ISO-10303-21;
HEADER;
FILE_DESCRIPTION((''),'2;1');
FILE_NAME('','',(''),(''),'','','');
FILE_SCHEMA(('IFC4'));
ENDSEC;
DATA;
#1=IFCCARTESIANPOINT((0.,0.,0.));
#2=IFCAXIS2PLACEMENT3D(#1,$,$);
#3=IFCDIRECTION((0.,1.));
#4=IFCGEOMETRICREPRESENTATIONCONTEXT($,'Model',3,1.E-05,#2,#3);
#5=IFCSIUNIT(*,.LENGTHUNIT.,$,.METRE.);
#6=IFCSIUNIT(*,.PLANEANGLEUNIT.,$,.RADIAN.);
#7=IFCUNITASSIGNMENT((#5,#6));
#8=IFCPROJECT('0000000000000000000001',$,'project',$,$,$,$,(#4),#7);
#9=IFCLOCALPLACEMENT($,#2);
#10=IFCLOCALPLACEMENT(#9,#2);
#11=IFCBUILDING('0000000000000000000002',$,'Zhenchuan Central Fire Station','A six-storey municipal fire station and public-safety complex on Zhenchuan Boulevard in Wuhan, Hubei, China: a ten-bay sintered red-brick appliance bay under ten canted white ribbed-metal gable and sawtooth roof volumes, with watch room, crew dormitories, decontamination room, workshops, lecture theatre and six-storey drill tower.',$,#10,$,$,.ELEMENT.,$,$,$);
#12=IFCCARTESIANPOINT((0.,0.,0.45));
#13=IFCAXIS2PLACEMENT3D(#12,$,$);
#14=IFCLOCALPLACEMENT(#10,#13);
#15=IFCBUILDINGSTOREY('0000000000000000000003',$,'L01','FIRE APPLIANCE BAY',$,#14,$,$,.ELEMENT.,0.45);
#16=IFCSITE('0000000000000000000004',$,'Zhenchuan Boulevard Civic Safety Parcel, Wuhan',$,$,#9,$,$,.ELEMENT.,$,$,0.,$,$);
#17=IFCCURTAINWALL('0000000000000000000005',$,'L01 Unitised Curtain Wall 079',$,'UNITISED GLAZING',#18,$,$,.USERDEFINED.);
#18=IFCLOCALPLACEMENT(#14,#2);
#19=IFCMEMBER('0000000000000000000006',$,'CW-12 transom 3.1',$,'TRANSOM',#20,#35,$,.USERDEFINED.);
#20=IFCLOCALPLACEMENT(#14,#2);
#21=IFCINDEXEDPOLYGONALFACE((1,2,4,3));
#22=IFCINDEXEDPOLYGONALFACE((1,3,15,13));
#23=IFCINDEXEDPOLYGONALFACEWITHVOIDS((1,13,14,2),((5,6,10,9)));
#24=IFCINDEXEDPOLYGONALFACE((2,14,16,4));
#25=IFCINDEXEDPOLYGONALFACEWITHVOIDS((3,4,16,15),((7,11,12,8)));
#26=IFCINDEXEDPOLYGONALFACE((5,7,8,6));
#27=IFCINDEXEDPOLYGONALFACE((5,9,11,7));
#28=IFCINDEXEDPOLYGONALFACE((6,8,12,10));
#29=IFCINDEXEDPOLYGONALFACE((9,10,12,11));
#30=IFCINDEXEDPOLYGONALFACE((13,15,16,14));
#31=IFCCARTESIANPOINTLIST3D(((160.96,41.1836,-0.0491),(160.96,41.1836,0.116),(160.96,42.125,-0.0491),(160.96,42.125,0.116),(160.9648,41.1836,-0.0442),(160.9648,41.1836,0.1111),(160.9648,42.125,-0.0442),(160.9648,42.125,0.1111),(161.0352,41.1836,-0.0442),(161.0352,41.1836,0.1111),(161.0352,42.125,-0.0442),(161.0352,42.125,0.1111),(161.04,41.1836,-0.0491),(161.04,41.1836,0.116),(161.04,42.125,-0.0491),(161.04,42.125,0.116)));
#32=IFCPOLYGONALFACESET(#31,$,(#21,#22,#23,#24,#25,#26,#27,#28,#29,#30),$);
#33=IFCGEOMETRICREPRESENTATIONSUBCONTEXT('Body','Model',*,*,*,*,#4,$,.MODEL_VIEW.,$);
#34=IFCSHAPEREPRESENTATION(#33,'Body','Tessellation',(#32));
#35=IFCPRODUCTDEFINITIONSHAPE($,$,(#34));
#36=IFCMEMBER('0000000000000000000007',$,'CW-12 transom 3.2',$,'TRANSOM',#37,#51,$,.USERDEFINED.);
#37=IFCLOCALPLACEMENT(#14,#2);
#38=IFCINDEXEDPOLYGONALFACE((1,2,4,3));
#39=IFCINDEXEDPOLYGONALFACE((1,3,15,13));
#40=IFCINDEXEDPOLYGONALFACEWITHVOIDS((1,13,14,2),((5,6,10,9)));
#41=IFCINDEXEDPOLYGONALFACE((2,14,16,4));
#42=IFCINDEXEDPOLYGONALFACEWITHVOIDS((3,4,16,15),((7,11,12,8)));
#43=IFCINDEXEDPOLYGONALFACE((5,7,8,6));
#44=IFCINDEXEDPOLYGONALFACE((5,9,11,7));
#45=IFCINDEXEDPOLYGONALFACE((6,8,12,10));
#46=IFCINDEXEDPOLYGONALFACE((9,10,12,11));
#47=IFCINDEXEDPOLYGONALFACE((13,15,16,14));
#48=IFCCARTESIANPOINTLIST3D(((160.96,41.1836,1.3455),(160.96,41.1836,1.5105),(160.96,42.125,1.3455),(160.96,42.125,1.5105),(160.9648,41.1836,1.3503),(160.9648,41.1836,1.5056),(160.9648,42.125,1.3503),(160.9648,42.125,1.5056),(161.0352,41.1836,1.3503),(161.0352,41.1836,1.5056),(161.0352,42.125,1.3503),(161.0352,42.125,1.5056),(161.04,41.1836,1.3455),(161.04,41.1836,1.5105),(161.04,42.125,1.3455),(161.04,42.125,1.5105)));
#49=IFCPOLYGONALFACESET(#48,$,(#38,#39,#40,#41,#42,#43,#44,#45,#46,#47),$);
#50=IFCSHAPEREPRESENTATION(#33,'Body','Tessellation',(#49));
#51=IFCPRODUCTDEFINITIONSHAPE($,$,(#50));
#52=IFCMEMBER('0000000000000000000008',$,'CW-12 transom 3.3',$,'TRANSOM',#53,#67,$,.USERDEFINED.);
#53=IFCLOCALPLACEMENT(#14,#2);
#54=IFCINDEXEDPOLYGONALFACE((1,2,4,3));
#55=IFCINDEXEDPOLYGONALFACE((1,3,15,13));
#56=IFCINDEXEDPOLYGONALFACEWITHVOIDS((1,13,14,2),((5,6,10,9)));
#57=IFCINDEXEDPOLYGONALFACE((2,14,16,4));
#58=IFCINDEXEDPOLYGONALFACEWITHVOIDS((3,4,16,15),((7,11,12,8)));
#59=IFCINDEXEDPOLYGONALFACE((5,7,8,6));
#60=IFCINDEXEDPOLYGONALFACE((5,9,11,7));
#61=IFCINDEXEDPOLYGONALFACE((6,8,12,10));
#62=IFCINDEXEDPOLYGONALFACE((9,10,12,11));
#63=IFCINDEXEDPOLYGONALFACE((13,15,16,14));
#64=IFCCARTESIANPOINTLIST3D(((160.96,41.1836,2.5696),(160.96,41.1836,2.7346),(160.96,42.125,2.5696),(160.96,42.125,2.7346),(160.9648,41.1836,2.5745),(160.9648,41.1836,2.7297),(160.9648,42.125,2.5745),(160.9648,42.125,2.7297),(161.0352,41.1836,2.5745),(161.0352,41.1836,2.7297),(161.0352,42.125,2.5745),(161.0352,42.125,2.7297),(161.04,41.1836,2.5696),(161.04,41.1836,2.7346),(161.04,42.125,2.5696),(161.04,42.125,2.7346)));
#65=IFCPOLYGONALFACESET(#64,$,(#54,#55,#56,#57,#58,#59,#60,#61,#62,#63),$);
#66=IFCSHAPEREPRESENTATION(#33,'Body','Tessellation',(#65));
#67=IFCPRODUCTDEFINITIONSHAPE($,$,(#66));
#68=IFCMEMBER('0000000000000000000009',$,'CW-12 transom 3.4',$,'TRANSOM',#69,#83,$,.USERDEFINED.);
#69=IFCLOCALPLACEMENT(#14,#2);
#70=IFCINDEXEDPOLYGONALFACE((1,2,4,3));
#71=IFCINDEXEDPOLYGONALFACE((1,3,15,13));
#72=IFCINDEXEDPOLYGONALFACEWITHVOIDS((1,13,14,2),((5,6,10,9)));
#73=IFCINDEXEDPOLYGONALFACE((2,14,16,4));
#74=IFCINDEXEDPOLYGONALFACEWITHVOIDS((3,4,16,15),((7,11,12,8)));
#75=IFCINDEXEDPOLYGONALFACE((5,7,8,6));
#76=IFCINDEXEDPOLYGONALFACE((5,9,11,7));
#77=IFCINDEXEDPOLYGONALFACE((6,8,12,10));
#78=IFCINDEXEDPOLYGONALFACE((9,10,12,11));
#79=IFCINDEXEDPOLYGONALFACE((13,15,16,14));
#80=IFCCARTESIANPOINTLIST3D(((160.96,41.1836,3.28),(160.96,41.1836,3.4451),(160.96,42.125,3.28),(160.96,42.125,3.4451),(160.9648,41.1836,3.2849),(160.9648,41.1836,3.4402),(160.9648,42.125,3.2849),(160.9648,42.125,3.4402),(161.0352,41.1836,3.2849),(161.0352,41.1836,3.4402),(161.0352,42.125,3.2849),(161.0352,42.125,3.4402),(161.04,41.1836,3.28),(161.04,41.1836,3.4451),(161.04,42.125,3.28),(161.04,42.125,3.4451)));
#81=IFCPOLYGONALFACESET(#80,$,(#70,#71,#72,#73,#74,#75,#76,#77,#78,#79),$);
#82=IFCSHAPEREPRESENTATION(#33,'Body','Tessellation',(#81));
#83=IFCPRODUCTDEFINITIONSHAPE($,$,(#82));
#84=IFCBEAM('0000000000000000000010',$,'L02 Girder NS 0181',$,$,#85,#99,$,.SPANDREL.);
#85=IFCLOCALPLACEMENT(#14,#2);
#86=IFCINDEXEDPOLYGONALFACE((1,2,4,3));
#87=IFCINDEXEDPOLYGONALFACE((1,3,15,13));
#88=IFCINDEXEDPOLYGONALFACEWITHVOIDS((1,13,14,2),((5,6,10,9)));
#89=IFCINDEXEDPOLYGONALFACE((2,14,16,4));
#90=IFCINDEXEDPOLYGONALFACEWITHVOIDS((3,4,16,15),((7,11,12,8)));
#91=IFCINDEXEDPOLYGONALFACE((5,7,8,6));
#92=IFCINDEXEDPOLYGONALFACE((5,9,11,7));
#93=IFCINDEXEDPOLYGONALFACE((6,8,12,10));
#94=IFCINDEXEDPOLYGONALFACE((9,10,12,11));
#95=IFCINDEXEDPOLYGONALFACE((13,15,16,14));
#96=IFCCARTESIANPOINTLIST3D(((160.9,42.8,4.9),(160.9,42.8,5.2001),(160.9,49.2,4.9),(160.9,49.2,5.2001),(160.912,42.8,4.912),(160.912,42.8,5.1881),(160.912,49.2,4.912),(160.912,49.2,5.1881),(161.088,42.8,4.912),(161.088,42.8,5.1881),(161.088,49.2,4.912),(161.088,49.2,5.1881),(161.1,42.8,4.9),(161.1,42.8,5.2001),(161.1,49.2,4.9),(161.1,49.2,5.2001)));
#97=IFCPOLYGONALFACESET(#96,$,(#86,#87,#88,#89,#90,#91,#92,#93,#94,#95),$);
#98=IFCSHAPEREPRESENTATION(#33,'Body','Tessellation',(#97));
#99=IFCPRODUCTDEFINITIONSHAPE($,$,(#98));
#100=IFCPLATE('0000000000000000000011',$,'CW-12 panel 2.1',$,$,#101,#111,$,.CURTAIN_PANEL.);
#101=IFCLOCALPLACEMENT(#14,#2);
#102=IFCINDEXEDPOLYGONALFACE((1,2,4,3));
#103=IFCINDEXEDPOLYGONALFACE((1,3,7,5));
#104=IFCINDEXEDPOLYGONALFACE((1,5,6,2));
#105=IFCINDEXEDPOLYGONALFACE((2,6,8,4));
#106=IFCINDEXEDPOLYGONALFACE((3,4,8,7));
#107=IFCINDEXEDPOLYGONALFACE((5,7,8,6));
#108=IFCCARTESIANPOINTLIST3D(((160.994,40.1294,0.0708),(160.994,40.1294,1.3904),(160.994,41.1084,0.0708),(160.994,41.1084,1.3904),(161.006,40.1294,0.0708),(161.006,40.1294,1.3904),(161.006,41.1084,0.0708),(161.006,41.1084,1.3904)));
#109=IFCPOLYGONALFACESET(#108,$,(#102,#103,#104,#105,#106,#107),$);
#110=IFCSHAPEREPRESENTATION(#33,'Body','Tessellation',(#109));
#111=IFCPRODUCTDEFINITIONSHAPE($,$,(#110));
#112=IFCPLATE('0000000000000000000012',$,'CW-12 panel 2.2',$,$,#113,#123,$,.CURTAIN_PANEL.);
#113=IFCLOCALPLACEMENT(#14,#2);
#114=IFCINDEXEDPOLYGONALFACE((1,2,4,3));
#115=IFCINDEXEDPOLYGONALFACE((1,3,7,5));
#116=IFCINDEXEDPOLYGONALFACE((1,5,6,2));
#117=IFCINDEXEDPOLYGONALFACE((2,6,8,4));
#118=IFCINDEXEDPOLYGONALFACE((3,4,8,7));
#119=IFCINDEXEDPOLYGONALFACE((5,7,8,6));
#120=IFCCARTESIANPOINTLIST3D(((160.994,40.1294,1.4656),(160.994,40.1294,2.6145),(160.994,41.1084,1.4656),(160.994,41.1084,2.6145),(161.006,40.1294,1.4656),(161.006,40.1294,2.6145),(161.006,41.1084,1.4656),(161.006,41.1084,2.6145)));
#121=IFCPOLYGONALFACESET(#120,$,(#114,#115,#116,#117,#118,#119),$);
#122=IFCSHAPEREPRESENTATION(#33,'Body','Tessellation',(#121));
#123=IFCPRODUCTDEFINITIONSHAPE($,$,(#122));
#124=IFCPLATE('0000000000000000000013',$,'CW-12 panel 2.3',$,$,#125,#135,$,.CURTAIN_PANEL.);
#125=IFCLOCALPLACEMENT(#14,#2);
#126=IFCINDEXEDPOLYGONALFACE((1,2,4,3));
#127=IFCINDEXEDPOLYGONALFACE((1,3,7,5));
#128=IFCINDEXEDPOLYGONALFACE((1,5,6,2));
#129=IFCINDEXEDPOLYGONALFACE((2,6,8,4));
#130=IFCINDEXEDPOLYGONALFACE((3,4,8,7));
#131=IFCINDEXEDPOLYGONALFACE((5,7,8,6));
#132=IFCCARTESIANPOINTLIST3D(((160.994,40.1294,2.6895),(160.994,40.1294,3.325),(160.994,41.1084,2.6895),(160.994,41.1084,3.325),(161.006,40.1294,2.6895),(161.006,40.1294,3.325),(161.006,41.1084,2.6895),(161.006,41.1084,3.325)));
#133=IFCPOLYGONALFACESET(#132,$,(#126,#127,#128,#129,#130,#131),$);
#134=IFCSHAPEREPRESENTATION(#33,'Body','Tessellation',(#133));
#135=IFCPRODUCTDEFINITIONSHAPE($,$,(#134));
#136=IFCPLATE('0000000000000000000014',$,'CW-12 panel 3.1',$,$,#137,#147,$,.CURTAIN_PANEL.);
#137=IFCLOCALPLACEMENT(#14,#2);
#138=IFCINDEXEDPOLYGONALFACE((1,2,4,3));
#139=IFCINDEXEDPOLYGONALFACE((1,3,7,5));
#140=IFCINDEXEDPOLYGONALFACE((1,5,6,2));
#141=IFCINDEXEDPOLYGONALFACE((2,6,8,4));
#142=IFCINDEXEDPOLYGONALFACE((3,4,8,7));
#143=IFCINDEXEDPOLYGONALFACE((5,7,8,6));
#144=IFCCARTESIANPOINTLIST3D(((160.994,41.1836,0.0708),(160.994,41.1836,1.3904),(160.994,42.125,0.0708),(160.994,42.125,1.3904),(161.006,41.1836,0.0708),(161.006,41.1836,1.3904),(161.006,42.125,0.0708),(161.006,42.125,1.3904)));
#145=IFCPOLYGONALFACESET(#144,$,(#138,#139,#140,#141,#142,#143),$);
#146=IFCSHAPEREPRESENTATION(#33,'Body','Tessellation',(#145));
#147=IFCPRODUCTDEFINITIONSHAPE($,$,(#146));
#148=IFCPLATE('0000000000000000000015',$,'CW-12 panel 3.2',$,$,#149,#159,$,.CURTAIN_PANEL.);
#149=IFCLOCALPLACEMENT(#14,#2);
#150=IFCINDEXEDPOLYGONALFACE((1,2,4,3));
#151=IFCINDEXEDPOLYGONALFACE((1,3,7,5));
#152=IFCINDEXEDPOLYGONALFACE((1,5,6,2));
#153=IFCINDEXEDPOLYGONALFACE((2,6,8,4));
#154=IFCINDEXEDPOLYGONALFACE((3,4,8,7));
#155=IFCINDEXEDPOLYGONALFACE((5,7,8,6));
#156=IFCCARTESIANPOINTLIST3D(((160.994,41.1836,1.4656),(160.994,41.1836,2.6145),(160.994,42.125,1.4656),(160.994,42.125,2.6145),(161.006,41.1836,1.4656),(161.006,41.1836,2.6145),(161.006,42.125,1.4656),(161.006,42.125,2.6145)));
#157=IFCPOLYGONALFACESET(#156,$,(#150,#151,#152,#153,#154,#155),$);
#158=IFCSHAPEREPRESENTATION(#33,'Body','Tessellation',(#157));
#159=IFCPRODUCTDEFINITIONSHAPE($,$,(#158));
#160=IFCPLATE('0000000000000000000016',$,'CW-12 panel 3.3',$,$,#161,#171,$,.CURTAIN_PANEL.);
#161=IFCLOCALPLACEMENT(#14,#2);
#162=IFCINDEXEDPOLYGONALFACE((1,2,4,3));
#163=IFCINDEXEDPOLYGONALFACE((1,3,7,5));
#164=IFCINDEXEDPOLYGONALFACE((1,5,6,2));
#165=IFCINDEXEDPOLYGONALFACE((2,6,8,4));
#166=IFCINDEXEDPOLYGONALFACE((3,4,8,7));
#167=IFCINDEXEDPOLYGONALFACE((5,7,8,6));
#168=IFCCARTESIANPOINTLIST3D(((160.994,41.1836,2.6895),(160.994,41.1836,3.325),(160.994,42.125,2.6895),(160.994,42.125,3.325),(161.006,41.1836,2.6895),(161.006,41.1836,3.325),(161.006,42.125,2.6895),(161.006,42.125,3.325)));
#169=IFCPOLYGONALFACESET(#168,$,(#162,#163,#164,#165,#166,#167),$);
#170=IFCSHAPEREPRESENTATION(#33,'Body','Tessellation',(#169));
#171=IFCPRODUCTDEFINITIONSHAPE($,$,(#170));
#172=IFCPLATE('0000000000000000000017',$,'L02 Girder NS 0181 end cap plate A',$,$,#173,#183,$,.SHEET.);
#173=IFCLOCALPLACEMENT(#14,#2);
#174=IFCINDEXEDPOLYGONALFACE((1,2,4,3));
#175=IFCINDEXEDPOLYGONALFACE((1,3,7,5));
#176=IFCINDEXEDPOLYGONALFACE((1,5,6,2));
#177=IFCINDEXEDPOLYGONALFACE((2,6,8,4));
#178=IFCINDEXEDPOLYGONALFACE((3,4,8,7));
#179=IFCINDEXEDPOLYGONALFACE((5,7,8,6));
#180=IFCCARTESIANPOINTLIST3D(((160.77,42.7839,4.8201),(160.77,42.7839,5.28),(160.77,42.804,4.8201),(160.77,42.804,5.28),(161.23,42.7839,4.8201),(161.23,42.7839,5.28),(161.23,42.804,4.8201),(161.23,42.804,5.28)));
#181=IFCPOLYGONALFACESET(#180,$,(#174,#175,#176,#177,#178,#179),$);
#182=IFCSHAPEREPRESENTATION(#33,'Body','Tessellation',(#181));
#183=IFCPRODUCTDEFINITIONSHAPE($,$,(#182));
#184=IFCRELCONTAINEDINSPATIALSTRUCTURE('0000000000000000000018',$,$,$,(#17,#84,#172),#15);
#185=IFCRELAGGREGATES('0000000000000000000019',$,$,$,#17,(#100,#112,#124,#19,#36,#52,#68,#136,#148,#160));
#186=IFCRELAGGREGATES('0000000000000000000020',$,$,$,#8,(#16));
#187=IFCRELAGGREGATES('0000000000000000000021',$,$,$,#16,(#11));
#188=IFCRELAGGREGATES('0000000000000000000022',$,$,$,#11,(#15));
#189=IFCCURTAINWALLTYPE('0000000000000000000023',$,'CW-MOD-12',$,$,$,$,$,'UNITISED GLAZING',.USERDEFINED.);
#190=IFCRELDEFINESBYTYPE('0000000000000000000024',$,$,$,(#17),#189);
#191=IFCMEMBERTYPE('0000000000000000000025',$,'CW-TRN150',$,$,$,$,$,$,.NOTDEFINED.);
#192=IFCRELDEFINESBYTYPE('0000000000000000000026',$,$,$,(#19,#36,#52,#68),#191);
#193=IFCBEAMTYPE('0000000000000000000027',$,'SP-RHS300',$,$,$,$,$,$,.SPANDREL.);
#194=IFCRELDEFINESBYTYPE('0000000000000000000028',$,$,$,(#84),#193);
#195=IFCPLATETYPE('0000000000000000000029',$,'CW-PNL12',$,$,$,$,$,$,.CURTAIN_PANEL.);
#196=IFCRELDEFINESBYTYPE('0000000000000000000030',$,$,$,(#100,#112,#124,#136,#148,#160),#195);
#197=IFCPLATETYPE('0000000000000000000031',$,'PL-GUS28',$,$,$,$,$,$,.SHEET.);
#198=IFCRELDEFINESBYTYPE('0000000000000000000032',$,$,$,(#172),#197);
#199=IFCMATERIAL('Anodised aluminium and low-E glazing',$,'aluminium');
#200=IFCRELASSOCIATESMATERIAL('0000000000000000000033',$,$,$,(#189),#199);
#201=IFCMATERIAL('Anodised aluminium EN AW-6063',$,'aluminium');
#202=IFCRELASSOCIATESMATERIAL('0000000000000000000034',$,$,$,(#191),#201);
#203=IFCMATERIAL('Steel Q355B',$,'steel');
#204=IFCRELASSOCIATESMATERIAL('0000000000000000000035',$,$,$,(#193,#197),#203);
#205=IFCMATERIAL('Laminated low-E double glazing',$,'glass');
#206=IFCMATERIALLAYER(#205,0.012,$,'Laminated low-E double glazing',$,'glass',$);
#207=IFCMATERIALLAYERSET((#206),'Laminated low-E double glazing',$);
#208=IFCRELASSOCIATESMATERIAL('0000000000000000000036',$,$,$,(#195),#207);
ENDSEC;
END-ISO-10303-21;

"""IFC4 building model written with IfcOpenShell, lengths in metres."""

from ifc_helpers import new_model, si_unit, direction, frame, origin, origin_2d, place, context, subcontext, project, spatial, rectangle, hollow_rectangle, extrude, material, layer, layer_set, material_profile, profile_set, type_object, element, aggregate, save


model = new_model("IFC4")

# Units and contexts
model_context = context("Model", 3, precision=1e-05, world=origin(), true_north=direction((0.0, 1.0)))
body_context = subcontext(model_context, "Body", "Model", "MODEL_VIEW")
ifc_project = project(units=[si_unit("LENGTHUNIT", "METRE"), si_unit("PLANEANGLEUNIT", "RADIAN")], contexts=[model_context])

# Site, building, storey
site_placement = place(None, origin())
site = spatial("IfcSite", under=ifc_project, at=site_placement, Name="Zhenchuan Boulevard Civic Safety Parcel, Wuhan", CompositionType="ELEMENT", RefElevation=0.0)
building_placement = place(site_placement, origin())
building = spatial("IfcBuilding", under=site, at=building_placement, Name="Zhenchuan Central Fire Station", Description="A six-storey municipal fire station and public-safety complex on Zhenchuan Boulevard in Wuhan, Hubei, China: a ten-bay sintered red-brick appliance bay under ten canted white ribbed-metal gable and sawtooth roof volumes, with watch room, crew dormitories, decontamination room, workshops, lecture theatre and six-storey drill tower.", CompositionType="ELEMENT")
storey_placement = place(building_placement, frame((0.0, 0.0, 0.45)))
storey = spatial("IfcBuildingStorey", under=building, at=storey_placement, Name="L01", Description="FIRE APPLIANCE BAY", CompositionType="ELEMENT", Elevation=0.45)

# Curtain wall, members
ifc_material_1 = material(Name="Anodised aluminium and low-E glazing", Category="aluminium")
curtain_wall_type = type_object("IfcCurtainWallType", Name="CW-MOD-12", ElementType="UNITISED GLAZING", PredefinedType="USERDEFINED", material=ifc_material_1)
curtain_wall_placement = place(storey_placement, origin())
curtain_wall = element("IfcCurtainWall", 1, at=curtain_wall_placement, inside=storey, type_object=curtain_wall_type, Name="L01 Unitised Curtain Wall 079", ObjectType="UNITISED GLAZING", PredefinedType="USERDEFINED")
ifc_material_2 = material(Name="Anodised aluminium EN AW-6063", Category="aluminium")
ifc_material_profile_1 = material_profile(ifc_material_2, hollow_rectangle(XDim=0.0801, YDim=0.165, WallThickness=0.0049, at=origin_2d()), Name="ALU-T 165x80")
ifc_profile_set_1 = profile_set([ifc_material_profile_1], Name="Anodised aluminium EN AW-6063")
member_type_1 = type_object("IfcMemberType", Name="CW-TRN150", PredefinedType="NOTDEFINED", material=ifc_profile_set_1)
member_1_placement = place(storey_placement, frame((161.0, 41.1836, 0.0334), z_axis=(0.0, 1.0, 0.0), x_axis=(-1.0, 0.0, 0.0)))
member_1 = element("IfcMember", 2, at=member_1_placement, type_object=member_type_1, Name="CW-12 transom 3.1", ObjectType="TRANSOM", PredefinedType="USERDEFINED", context=body_context, shape_type="SweptSolid", body=[
    extrude(hollow_rectangle(XDim=0.0801, YDim=0.165, WallThickness=0.0049, at=origin_2d()), origin(), (0.0, 0.0, 1.0), 0.9414),
])
member_2_placement = place(storey_placement, frame((161.0, 41.1836, 1.428), z_axis=(0.0, 1.0, 0.0), x_axis=(-1.0, 0.0, 0.0)))
member_2 = element("IfcMember", 3, at=member_2_placement, type_object=member_type_1, Name="CW-12 transom 3.2", ObjectType="TRANSOM", PredefinedType="USERDEFINED", context=body_context, shape_type="SweptSolid", body=[
    extrude(hollow_rectangle(XDim=0.0801, YDim=0.165, WallThickness=0.0049, at=origin_2d()), origin(), (0.0, 0.0, 1.0), 0.9414),
])
member_3_placement = place(storey_placement, frame((161.0, 41.1836, 2.6521), z_axis=(0.0, 1.0, 0.0), x_axis=(-1.0, 0.0, 0.0)))
member_3 = element("IfcMember", 4, at=member_3_placement, type_object=member_type_1, Name="CW-12 transom 3.3", ObjectType="TRANSOM", PredefinedType="USERDEFINED", context=body_context, shape_type="SweptSolid", body=[
    extrude(hollow_rectangle(XDim=0.0801, YDim=0.165, WallThickness=0.0049, at=origin_2d()), origin(), (0.0, 0.0, 1.0), 0.9414),
])
member_4_placement = place(storey_placement, frame((161.0, 41.1836, 3.3625), z_axis=(0.0, 1.0, 0.0), x_axis=(-1.0, 0.0, 0.0)))
member_4 = element("IfcMember", 5, at=member_4_placement, type_object=member_type_1, Name="CW-12 transom 3.4", ObjectType="TRANSOM", PredefinedType="USERDEFINED", context=body_context, shape_type="SweptSolid", body=[
    extrude(hollow_rectangle(XDim=0.0801, YDim=0.165, WallThickness=0.0049, at=origin_2d()), origin(), (0.0, 0.0, 1.0), 0.9414),
])

# Beam
ifc_material_3 = material(Name="Steel Q355B", Category="steel")
ifc_material_profile_2 = material_profile(ifc_material_3, hollow_rectangle(XDim=0.2, YDim=0.3, WallThickness=0.012, at=origin_2d()), Name="RHS 300x200x12")
ifc_profile_set_2 = profile_set([ifc_material_profile_2], Name="Steel Q355B")
beam_type = type_object("IfcBeamType", Name="SP-RHS300", PredefinedType="SPANDREL", material=ifc_profile_set_2)
beam_placement = place(storey_placement, frame((161.0, 42.8, 5.05), z_axis=(0.0, 1.0, 0.0), x_axis=(-1.0, 0.0, 0.0)))
element("IfcBeam", 6, at=beam_placement, inside=storey, type_object=beam_type, Name="L02 Girder NS 0181", PredefinedType="SPANDREL", context=body_context, shape_type="SweptSolid", body=[
    extrude(hollow_rectangle(XDim=0.2, YDim=0.3, WallThickness=0.012, at=origin_2d()), origin(), (0.0, 0.0, 1.0), 6.3999),
])

# Plates
ifc_material_4 = material(Name="Laminated low-E double glazing", Category="glass")
ifc_layer_1 = layer(ifc_material_4, 0.012, Name="Laminated low-E double glazing", Category="glass")
ifc_layer_set_1 = layer_set([ifc_layer_1], Name="Laminated low-E double glazing")
plate_type_1 = type_object("IfcPlateType", Name="CW-PNL12", PredefinedType="CURTAIN_PANEL", material=ifc_layer_set_1)
plate_1_placement = place(storey_placement, frame((161.0, 40.6189, 0.0708), z_axis=(0.0, 0.0, 1.0), x_axis=(0.0, 1.0, 0.0)))
plate_1 = element("IfcPlate", 7, at=plate_1_placement, type_object=plate_type_1, Name="CW-12 panel 2.1", PredefinedType="CURTAIN_PANEL", context=body_context, shape_type="SweptSolid", body=[
    extrude(rectangle(XDim=0.979, YDim=0.012, at=origin_2d()), origin(), (0.0, 0.0, 1.0), 1.3196),
])
plate_2_placement = place(storey_placement, frame((161.0, 40.6189, 1.4656), z_axis=(0.0, 0.0, 1.0), x_axis=(0.0, 1.0, 0.0)))
plate_2 = element("IfcPlate", 8, at=plate_2_placement, type_object=plate_type_1, Name="CW-12 panel 2.2", PredefinedType="CURTAIN_PANEL", context=body_context, shape_type="SweptSolid", body=[
    extrude(rectangle(XDim=0.979, YDim=0.012, at=origin_2d()), origin(), (0.0, 0.0, 1.0), 1.1489),
])
plate_3_placement = place(storey_placement, frame((161.0, 40.6189, 2.6895), z_axis=(0.0, 0.0, 1.0), x_axis=(0.0, 1.0, 0.0)))
plate_3 = element("IfcPlate", 9, at=plate_3_placement, type_object=plate_type_1, Name="CW-12 panel 2.3", PredefinedType="CURTAIN_PANEL", context=body_context, shape_type="SweptSolid", body=[
    extrude(rectangle(XDim=0.979, YDim=0.012, at=origin_2d()), origin(), (0.0, 0.0, 1.0), 0.6355),
])
plate_4_placement = place(storey_placement, frame((161.0, 41.6543, 0.0708), z_axis=(0.0, 0.0, 1.0), x_axis=(0.0, 1.0, 0.0)))
plate_4 = element("IfcPlate", 10, at=plate_4_placement, type_object=plate_type_1, Name="CW-12 panel 3.1", PredefinedType="CURTAIN_PANEL", context=body_context, shape_type="SweptSolid", body=[
    extrude(rectangle(XDim=0.9414, YDim=0.012, at=origin_2d()), origin(), (0.0, 0.0, 1.0), 1.3196),
])
plate_5_placement = place(storey_placement, frame((161.0, 41.6543, 1.4656), z_axis=(0.0, 0.0, 1.0), x_axis=(0.0, 1.0, 0.0)))
plate_5 = element("IfcPlate", 11, at=plate_5_placement, type_object=plate_type_1, Name="CW-12 panel 3.2", PredefinedType="CURTAIN_PANEL", context=body_context, shape_type="SweptSolid", body=[
    extrude(rectangle(XDim=0.9414, YDim=0.012, at=origin_2d()), origin(), (0.0, 0.0, 1.0), 1.1489),
])
plate_6_placement = place(storey_placement, frame((161.0, 41.6543, 2.6895), z_axis=(0.0, 0.0, 1.0), x_axis=(0.0, 1.0, 0.0)))
plate_6 = element("IfcPlate", 12, at=plate_6_placement, type_object=plate_type_1, Name="CW-12 panel 3.3", PredefinedType="CURTAIN_PANEL", context=body_context, shape_type="SweptSolid", body=[
    extrude(rectangle(XDim=0.9414, YDim=0.012, at=origin_2d()), origin(), (0.0, 0.0, 1.0), 0.6355),
])
aggregate(curtain_wall, [plate_1, plate_2, plate_3, member_1, member_2, member_3, member_4, plate_4, plate_5, plate_6])
ifc_material_profile_3 = material_profile(ifc_material_3, rectangle(XDim=0.46, YDim=0.46, at=origin_2d()), Name="PL 460x460x28")
ifc_profile_set_3 = profile_set([ifc_material_profile_3], Name="Steel Q355B")
plate_type_2 = type_object("IfcPlateType", Name="PL-GUS28", PredefinedType="SHEET", material=ifc_profile_set_3)
plate_7_placement = place(storey_placement, frame((161.0, 42.7839, 5.05), z_axis=(0.0, 1.0, 0.0), x_axis=(-1.0, 0.0, 0.0)))
element("IfcPlate", 13, at=plate_7_placement, inside=storey, type_object=plate_type_2, Name="L02 Girder NS 0181 end cap plate A", PredefinedType="SHEET", context=body_context, shape_type="SweptSolid", body=[
    extrude(rectangle(XDim=0.46, YDim=0.46, at=origin_2d()), origin(), (0.0, 0.0, 1.0), 0.02),
])

save(model, "model.ifc")
